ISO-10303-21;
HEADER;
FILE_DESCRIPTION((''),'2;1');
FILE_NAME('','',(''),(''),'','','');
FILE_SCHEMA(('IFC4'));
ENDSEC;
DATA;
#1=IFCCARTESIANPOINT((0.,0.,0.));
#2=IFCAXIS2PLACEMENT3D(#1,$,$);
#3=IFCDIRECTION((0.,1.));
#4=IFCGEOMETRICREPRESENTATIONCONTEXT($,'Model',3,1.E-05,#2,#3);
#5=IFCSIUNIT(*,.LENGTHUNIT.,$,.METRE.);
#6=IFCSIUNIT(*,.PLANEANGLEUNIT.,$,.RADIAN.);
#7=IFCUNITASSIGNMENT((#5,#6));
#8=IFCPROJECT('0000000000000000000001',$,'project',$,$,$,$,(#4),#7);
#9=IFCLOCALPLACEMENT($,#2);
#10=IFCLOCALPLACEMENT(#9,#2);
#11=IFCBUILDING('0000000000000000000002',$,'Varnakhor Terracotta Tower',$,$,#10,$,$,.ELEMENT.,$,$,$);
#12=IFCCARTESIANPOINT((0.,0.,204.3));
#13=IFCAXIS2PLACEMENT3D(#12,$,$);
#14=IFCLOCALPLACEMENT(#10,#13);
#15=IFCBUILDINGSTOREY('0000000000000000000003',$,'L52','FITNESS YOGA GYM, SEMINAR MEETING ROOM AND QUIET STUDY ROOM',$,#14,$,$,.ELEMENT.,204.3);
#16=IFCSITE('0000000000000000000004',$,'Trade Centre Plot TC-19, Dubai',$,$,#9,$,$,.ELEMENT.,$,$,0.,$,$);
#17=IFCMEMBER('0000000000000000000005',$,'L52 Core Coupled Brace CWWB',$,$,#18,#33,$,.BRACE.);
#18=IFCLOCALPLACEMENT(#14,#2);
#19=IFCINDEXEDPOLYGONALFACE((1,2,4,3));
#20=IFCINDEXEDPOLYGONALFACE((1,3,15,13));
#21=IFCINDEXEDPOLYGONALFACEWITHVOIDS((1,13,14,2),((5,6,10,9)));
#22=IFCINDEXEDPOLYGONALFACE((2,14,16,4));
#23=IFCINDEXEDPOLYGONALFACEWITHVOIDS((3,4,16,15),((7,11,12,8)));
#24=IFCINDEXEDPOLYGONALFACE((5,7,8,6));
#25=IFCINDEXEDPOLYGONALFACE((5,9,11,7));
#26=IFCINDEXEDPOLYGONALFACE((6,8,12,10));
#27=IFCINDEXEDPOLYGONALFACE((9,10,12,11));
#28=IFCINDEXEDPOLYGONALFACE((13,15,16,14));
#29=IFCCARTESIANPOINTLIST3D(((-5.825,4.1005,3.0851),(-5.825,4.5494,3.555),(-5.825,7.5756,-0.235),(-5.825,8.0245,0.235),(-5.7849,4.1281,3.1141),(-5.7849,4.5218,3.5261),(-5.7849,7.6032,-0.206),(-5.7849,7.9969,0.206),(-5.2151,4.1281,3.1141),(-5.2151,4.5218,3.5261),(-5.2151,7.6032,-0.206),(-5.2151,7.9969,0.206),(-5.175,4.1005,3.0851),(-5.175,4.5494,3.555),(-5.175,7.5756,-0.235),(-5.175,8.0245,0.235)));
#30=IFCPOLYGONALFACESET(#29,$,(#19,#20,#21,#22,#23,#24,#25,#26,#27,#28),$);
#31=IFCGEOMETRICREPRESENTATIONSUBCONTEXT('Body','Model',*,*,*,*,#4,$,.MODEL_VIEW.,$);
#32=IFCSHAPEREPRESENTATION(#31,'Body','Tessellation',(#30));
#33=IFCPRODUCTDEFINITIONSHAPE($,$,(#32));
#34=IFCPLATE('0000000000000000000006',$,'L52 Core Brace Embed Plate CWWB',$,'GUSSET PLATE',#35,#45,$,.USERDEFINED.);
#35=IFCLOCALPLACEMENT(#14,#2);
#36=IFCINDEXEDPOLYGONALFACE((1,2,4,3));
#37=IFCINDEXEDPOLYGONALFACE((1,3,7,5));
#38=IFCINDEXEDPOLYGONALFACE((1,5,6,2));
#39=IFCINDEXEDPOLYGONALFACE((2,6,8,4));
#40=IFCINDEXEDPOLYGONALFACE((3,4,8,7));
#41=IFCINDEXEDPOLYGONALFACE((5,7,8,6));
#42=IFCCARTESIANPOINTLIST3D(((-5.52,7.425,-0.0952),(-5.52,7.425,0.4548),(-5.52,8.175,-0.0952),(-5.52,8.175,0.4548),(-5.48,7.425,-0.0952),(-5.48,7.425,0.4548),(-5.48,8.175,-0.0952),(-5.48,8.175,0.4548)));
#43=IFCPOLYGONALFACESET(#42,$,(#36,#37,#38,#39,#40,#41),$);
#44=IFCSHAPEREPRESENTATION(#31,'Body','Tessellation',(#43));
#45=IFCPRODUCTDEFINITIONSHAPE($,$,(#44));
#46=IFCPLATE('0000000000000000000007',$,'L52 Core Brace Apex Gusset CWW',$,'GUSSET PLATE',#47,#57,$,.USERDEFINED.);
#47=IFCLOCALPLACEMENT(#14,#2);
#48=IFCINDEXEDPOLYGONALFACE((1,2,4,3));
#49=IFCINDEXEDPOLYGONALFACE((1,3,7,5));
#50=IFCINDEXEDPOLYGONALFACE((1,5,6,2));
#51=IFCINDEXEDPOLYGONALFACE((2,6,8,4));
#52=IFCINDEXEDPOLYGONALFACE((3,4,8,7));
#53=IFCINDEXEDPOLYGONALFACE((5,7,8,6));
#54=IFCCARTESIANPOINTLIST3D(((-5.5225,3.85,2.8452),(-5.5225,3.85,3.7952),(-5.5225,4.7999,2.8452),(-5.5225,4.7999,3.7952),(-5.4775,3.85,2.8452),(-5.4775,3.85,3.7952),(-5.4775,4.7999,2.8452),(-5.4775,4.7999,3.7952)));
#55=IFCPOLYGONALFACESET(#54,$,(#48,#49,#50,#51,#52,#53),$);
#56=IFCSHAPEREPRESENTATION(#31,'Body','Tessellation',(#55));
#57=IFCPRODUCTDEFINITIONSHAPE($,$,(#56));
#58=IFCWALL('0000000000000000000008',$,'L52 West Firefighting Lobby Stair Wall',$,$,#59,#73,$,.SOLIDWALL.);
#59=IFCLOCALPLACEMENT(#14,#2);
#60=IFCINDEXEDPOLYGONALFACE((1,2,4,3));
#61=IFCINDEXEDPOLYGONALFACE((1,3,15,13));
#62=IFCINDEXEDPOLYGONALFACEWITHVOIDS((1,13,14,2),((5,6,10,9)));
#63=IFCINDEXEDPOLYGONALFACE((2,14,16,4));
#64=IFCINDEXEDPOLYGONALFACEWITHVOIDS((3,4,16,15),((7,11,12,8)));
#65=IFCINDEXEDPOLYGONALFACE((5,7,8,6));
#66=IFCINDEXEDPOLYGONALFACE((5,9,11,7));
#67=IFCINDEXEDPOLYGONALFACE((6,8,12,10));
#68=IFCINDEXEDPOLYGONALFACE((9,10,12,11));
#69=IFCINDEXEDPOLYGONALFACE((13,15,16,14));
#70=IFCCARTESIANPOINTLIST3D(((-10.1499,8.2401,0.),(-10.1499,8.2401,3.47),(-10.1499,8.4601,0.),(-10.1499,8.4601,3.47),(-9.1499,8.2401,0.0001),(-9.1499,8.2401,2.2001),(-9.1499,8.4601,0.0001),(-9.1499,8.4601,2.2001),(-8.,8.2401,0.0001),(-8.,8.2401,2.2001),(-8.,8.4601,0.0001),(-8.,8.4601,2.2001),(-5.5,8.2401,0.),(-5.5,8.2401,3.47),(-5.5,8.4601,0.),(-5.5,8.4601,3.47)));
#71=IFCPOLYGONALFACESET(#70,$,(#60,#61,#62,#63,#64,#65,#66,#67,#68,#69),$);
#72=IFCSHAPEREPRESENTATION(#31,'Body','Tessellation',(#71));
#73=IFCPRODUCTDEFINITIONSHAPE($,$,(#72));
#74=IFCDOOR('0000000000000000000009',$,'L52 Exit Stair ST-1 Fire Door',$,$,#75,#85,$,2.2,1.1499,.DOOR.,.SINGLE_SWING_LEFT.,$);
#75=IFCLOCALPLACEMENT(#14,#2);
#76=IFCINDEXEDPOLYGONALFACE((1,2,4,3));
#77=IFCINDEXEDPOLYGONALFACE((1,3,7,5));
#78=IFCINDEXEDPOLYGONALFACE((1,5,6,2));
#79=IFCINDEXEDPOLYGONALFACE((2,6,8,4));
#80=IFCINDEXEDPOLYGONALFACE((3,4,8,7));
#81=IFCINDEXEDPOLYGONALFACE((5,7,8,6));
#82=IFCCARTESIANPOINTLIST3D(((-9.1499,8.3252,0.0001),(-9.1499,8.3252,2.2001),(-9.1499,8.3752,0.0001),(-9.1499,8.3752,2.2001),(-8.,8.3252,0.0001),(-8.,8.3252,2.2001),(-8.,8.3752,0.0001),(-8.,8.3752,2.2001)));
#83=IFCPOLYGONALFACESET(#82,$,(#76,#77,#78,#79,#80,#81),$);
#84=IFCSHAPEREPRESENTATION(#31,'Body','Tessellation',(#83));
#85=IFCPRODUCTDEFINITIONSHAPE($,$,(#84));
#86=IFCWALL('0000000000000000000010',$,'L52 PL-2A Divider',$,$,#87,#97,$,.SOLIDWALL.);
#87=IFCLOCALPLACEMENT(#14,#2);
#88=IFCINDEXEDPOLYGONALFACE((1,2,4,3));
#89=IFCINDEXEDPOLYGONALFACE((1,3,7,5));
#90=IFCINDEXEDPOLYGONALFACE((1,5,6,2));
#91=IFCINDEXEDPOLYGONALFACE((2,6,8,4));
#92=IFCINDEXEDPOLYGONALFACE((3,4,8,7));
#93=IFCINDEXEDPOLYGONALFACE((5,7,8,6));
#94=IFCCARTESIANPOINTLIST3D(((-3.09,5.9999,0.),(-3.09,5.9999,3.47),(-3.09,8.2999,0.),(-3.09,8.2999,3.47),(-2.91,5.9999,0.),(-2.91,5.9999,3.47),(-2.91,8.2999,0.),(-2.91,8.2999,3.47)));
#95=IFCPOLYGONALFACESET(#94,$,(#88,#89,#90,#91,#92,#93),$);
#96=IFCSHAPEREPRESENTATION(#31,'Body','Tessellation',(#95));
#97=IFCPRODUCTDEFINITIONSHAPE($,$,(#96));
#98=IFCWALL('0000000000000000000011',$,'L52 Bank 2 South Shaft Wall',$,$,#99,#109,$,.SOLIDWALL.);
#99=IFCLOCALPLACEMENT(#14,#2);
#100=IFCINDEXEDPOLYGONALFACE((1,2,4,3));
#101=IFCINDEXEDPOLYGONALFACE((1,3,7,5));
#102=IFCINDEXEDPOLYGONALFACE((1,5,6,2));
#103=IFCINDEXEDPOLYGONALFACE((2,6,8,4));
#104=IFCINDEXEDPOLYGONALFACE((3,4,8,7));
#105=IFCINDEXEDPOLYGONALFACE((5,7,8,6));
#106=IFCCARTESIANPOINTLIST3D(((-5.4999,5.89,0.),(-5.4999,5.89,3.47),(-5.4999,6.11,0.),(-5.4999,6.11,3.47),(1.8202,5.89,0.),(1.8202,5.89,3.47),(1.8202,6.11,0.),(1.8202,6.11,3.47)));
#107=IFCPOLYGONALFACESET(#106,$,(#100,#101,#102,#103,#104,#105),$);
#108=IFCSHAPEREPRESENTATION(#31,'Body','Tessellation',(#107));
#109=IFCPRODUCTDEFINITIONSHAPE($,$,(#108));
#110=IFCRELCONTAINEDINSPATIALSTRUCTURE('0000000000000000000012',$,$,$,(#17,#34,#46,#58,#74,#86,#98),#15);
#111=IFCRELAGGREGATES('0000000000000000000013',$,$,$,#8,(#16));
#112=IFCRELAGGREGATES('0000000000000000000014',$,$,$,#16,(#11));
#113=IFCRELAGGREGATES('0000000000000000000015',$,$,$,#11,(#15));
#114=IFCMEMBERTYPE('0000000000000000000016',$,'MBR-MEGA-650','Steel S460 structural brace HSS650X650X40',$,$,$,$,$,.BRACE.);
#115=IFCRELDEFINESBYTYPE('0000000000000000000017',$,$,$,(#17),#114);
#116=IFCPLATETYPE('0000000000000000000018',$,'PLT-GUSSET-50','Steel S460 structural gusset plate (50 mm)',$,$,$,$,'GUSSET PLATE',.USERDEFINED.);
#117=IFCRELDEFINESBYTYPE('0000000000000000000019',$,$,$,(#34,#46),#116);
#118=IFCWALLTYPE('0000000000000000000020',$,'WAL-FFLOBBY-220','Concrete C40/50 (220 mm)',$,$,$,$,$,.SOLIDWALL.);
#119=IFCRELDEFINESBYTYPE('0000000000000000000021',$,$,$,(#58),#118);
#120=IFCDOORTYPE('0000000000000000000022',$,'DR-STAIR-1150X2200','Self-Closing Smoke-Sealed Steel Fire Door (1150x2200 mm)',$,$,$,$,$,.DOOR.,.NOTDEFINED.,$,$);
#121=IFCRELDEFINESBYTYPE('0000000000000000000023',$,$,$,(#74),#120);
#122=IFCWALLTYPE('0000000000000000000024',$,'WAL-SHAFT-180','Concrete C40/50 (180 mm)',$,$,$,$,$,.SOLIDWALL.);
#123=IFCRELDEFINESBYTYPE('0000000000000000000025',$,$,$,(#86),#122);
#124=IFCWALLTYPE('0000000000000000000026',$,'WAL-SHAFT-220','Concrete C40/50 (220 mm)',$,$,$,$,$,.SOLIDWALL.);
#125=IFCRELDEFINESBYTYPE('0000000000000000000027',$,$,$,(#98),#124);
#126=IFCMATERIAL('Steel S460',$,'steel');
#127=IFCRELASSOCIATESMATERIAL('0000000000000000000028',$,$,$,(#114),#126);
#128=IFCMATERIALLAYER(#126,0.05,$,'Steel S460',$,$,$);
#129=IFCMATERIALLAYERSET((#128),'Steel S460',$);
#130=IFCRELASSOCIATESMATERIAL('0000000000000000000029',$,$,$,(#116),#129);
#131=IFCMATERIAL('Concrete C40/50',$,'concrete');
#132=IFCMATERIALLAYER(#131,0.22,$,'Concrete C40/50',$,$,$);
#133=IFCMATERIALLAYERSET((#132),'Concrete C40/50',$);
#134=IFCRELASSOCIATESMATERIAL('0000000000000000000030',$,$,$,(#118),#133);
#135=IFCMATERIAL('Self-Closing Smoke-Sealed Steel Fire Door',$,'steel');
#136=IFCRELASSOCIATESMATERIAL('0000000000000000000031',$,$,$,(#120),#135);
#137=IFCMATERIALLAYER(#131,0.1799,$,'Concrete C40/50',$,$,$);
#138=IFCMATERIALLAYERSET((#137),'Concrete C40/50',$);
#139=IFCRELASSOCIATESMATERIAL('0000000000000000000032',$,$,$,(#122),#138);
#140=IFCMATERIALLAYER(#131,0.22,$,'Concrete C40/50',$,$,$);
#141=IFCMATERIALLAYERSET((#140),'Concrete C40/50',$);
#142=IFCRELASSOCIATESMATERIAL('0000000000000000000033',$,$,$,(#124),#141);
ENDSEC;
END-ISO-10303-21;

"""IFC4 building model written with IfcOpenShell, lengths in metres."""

from ifc_helpers import new_model, si_unit, direction, frame, frame_2d, origin, origin_2d, place, context, subcontext, project, spatial, rectangle, hollow_rectangle, extrude, source, transform, mapped, material, layer, layer_set, material_profile, profile_set, type_object, type_shapes, element, fill, save


model = new_model("IFC4")

# Units and contexts
model_context = context("Model", 3, precision=1e-05, world=origin(), true_north=direction((0.0, 1.0)))
body_context = subcontext(model_context, "Body", "Model", "MODEL_VIEW")
ifc_project = project(units=[si_unit("LENGTHUNIT", "METRE"), si_unit("PLANEANGLEUNIT", "RADIAN")], contexts=[model_context])

# Site, building, storey
site_placement = place(None, origin())
site = spatial("IfcSite", under=ifc_project, at=site_placement, Name="Trade Centre Plot TC-19, Dubai", CompositionType="ELEMENT", RefElevation=0.0)
building_placement = place(site_placement, origin())
building = spatial("IfcBuilding", under=site, at=building_placement, Name="Varnakhor Terracotta Tower", CompositionType="ELEMENT")
storey_placement = place(building_placement, frame((0.0, 0.0, 204.3)))
storey = spatial("IfcBuildingStorey", under=building, at=storey_placement, Name="L52", Description="FITNESS YOGA GYM, SEMINAR MEETING ROOM AND QUIET STUDY ROOM", CompositionType="ELEMENT", Elevation=204.3)

# Member
ifc_material_1 = material(Name="Steel S460", Category="steel")
ifc_material_profile = material_profile(ifc_material_1, hollow_rectangle(XDim=0.6499, YDim=0.6499, WallThickness=0.04, at=origin_2d()), Name="HSS650X650X40")
ifc_profile_set = profile_set([ifc_material_profile], Name="Steel S460")
member_type = type_object("IfcMemberType", Name="MBR-MEGA-650", Description="Steel S460 structural brace HSS650X650X40", PredefinedType="BRACE", material=ifc_profile_set)
shared_shape_1 = source(origin(), body_context, "Body", "SweptSolid", [
    extrude(hollow_rectangle(XDim=0.6499, YDim=0.6499, WallThickness=0.04, at=origin_2d()), origin(), (0.0, 0.0, 1.0), 4.8062),
])
member_placement = place(storey_placement, frame((-5.5, 7.8, 0.0), z_axis=(0.0, -0.723051, 0.690795), x_axis=(1.0, 0.0, 0.0)))
element("IfcMember", 1, at=member_placement, inside=storey, type_object=member_type, Name="L52 Core Coupled Brace CWWB", PredefinedType="BRACE", context=body_context, shape_type="MappedRepresentation", body=[
    mapped(shared_shape_1, transform((0.0, 0.0, 0.0), scale=1.0)),
])

# Plates
ifc_layer_1 = layer(ifc_material_1, 0.05, Name="Steel S460")
ifc_layer_set_1 = layer_set([ifc_layer_1], Name="Steel S460")
plate_type = type_object("IfcPlateType", Name="PLT-GUSSET-50", Description="Steel S460 structural gusset plate (50 mm)", ElementType="GUSSET PLATE", PredefinedType="USERDEFINED", material=ifc_layer_set_1)
shared_shape_2 = source(origin(), body_context, "Body", "SweptSolid", [
    extrude(rectangle(XDim=0.75, YDim=0.04, at=origin_2d()), origin(), (0.0, 0.0, 1.0), 0.55),
])
type_shapes(plate_type, [shared_shape_2])
plate_1_placement = place(storey_placement, frame((-5.5, 7.8, -0.0952), z_axis=(0.0, 0.0, 1.0), x_axis=(0.0, 1.0, 0.0)))
element("IfcPlate", 2, at=plate_1_placement, inside=storey, type_object=plate_type, Name="L52 Core Brace Embed Plate CWWB", ObjectType="GUSSET PLATE", PredefinedType="USERDEFINED", context=body_context, shape_type="MappedRepresentation", body=[
    mapped(shared_shape_2, transform((0.0, 0.0, 0.0), scale=1.0)),
])
shared_shape_3 = source(origin(), body_context, "Body", "SweptSolid", [
    extrude(rectangle(XDim=0.95, YDim=0.0449, at=origin_2d()), origin(), (0.0, 0.0, 1.0), 0.95),
])
plate_2_placement = place(storey_placement, frame((-5.5, 4.325, 2.8452), z_axis=(0.0, 0.0, 1.0), x_axis=(0.0, 1.0, 0.0)))
element("IfcPlate", 3, at=plate_2_placement, inside=storey, type_object=plate_type, Name="L52 Core Brace Apex Gusset CWW", ObjectType="GUSSET PLATE", PredefinedType="USERDEFINED", context=body_context, shape_type="MappedRepresentation", body=[
    mapped(shared_shape_3, transform((0.0, 0.0, 0.0), scale=1.0)),
])

# Wall, opening, door
ifc_material_2 = material(Name="Concrete C40/50", Category="concrete")
ifc_layer_2 = layer(ifc_material_2, 0.22, Name="Concrete C40/50")
ifc_layer_set_2 = layer_set([ifc_layer_2], Name="Concrete C40/50")
wall_type_1 = type_object("IfcWallType", Name="WAL-FFLOBBY-220", Description="Concrete C40/50 (220 mm)", PredefinedType="SOLIDWALL", material=ifc_layer_set_2)
wall_1_placement = place(storey_placement, frame((-5.5, 8.3501, 0.0), z_axis=(0.0, 0.0, 1.0), x_axis=(-1.0, 0.0, 0.0)))
wall_1 = element("IfcWall", 4, at=wall_1_placement, inside=storey, type_object=wall_type_1, Name="L52 West Firefighting Lobby Stair Wall", PredefinedType="SOLIDWALL", context=body_context, shape_type="SweptSolid", body=[
    extrude(rectangle(XDim=4.6499, YDim=0.22, at=frame_2d((2.325, 0.0))), origin(), (0.0, 0.0, 1.0), 3.47),
])
opening_1_placement = place(wall_1_placement, frame((2.5, 0.0, 0.0)))
opening_1 = element("IfcOpeningElement", 5, at=opening_1_placement, cuts=wall_1, PredefinedType="OPENING", context=body_context, shape_type="SweptSolid", body=[
    extrude(rectangle(XDim=1.1499, YDim=2.2, at=frame_2d((0.575, 1.1001))), frame((0.0, 0.1201, 0.0), z_axis=(0.0, -1.0, 0.0), x_axis=(1.0, 0.0, 0.0)), (0.0, 0.0, 1.0), 0.24),
])
ifc_material_3 = material(Name="Self-Closing Smoke-Sealed Steel Fire Door", Category="steel")
door_type_1 = type_object("IfcDoorType", Name="DR-STAIR-1150X2200", Description="Self-Closing Smoke-Sealed Steel Fire Door (1150x2200 mm)", OperationType="NOTDEFINED", PredefinedType="DOOR", material=ifc_material_3)
shared_shape_4 = source(origin(), body_context, "Body", "SweptSolid", [
    extrude(rectangle(XDim=1.1499, YDim=2.2, at=frame_2d((0.575, 1.1001))), frame((0.0, 0.0249, 0.0), z_axis=(0.0, -1.0, 0.0), x_axis=(1.0, 0.0, 0.0)), (0.0, 0.0, 1.0), 0.05),
])
type_shapes(door_type_1, [shared_shape_4])
door_1_placement = place(opening_1_placement, origin())
door_1 = element("IfcDoor", 6, at=door_1_placement, inside=storey, type_object=door_type_1, Name="L52 Exit Stair ST-1 Fire Door", OperationType="SINGLE_SWING_LEFT", OverallHeight=2.2, OverallWidth=1.1499, PredefinedType="DOOR", context=body_context, shape_type="MappedRepresentation", body=[
    mapped(shared_shape_4, transform((0.0, 0.0, 0.0), scale=1.0)),
])
fill(opening_1, door_1)

# Walls
ifc_layer_3 = layer(ifc_material_2, 0.1799, Name="Concrete C40/50")
ifc_layer_set_3 = layer_set([ifc_layer_3], Name="Concrete C40/50")
wall_type_2 = type_object("IfcWallType", Name="WAL-SHAFT-180", Description="Concrete C40/50 (180 mm)", PredefinedType="SOLIDWALL", material=ifc_layer_set_3)
wall_2_placement = place(storey_placement, frame((-3.0, 6.0, 0.0), z_axis=(0.0, 0.0, 1.0), x_axis=(0.0, 1.0, 0.0)))
element("IfcWall", 7, at=wall_2_placement, inside=storey, type_object=wall_type_2, Name="L52 PL-2A Divider", PredefinedType="SOLIDWALL", context=body_context, shape_type="SweptSolid", body=[
    extrude(rectangle(XDim=2.3, YDim=0.1799, at=frame_2d((1.1499, 0.0))), origin(), (0.0, 0.0, 1.0), 3.47),
])
ifc_layer_4 = layer(ifc_material_2, 0.22, Name="Concrete C40/50")
ifc_layer_set_4 = layer_set([ifc_layer_4], Name="Concrete C40/50")
wall_type_3 = type_object("IfcWallType", Name="WAL-SHAFT-220", Description="Concrete C40/50 (220 mm)", PredefinedType="SOLIDWALL", material=ifc_layer_set_4)
wall_3_placement = place(storey_placement, frame((-5.5, 6.0, 0.0), z_axis=(0.0, 0.0, 1.0), x_axis=(1.0, 0.0, 0.0)))
element("IfcWall", 8, at=wall_3_placement, inside=storey, type_object=wall_type_3, Name="L52 Bank 2 South Shaft Wall", PredefinedType="SOLIDWALL", context=body_context, shape_type="SweptSolid", body=[
    extrude(rectangle(XDim=7.3201, YDim=0.22, at=frame_2d((3.6602, 0.0))), origin(), (0.0, 0.0, 1.0), 3.47),
])

save(model, "model.ifc")
